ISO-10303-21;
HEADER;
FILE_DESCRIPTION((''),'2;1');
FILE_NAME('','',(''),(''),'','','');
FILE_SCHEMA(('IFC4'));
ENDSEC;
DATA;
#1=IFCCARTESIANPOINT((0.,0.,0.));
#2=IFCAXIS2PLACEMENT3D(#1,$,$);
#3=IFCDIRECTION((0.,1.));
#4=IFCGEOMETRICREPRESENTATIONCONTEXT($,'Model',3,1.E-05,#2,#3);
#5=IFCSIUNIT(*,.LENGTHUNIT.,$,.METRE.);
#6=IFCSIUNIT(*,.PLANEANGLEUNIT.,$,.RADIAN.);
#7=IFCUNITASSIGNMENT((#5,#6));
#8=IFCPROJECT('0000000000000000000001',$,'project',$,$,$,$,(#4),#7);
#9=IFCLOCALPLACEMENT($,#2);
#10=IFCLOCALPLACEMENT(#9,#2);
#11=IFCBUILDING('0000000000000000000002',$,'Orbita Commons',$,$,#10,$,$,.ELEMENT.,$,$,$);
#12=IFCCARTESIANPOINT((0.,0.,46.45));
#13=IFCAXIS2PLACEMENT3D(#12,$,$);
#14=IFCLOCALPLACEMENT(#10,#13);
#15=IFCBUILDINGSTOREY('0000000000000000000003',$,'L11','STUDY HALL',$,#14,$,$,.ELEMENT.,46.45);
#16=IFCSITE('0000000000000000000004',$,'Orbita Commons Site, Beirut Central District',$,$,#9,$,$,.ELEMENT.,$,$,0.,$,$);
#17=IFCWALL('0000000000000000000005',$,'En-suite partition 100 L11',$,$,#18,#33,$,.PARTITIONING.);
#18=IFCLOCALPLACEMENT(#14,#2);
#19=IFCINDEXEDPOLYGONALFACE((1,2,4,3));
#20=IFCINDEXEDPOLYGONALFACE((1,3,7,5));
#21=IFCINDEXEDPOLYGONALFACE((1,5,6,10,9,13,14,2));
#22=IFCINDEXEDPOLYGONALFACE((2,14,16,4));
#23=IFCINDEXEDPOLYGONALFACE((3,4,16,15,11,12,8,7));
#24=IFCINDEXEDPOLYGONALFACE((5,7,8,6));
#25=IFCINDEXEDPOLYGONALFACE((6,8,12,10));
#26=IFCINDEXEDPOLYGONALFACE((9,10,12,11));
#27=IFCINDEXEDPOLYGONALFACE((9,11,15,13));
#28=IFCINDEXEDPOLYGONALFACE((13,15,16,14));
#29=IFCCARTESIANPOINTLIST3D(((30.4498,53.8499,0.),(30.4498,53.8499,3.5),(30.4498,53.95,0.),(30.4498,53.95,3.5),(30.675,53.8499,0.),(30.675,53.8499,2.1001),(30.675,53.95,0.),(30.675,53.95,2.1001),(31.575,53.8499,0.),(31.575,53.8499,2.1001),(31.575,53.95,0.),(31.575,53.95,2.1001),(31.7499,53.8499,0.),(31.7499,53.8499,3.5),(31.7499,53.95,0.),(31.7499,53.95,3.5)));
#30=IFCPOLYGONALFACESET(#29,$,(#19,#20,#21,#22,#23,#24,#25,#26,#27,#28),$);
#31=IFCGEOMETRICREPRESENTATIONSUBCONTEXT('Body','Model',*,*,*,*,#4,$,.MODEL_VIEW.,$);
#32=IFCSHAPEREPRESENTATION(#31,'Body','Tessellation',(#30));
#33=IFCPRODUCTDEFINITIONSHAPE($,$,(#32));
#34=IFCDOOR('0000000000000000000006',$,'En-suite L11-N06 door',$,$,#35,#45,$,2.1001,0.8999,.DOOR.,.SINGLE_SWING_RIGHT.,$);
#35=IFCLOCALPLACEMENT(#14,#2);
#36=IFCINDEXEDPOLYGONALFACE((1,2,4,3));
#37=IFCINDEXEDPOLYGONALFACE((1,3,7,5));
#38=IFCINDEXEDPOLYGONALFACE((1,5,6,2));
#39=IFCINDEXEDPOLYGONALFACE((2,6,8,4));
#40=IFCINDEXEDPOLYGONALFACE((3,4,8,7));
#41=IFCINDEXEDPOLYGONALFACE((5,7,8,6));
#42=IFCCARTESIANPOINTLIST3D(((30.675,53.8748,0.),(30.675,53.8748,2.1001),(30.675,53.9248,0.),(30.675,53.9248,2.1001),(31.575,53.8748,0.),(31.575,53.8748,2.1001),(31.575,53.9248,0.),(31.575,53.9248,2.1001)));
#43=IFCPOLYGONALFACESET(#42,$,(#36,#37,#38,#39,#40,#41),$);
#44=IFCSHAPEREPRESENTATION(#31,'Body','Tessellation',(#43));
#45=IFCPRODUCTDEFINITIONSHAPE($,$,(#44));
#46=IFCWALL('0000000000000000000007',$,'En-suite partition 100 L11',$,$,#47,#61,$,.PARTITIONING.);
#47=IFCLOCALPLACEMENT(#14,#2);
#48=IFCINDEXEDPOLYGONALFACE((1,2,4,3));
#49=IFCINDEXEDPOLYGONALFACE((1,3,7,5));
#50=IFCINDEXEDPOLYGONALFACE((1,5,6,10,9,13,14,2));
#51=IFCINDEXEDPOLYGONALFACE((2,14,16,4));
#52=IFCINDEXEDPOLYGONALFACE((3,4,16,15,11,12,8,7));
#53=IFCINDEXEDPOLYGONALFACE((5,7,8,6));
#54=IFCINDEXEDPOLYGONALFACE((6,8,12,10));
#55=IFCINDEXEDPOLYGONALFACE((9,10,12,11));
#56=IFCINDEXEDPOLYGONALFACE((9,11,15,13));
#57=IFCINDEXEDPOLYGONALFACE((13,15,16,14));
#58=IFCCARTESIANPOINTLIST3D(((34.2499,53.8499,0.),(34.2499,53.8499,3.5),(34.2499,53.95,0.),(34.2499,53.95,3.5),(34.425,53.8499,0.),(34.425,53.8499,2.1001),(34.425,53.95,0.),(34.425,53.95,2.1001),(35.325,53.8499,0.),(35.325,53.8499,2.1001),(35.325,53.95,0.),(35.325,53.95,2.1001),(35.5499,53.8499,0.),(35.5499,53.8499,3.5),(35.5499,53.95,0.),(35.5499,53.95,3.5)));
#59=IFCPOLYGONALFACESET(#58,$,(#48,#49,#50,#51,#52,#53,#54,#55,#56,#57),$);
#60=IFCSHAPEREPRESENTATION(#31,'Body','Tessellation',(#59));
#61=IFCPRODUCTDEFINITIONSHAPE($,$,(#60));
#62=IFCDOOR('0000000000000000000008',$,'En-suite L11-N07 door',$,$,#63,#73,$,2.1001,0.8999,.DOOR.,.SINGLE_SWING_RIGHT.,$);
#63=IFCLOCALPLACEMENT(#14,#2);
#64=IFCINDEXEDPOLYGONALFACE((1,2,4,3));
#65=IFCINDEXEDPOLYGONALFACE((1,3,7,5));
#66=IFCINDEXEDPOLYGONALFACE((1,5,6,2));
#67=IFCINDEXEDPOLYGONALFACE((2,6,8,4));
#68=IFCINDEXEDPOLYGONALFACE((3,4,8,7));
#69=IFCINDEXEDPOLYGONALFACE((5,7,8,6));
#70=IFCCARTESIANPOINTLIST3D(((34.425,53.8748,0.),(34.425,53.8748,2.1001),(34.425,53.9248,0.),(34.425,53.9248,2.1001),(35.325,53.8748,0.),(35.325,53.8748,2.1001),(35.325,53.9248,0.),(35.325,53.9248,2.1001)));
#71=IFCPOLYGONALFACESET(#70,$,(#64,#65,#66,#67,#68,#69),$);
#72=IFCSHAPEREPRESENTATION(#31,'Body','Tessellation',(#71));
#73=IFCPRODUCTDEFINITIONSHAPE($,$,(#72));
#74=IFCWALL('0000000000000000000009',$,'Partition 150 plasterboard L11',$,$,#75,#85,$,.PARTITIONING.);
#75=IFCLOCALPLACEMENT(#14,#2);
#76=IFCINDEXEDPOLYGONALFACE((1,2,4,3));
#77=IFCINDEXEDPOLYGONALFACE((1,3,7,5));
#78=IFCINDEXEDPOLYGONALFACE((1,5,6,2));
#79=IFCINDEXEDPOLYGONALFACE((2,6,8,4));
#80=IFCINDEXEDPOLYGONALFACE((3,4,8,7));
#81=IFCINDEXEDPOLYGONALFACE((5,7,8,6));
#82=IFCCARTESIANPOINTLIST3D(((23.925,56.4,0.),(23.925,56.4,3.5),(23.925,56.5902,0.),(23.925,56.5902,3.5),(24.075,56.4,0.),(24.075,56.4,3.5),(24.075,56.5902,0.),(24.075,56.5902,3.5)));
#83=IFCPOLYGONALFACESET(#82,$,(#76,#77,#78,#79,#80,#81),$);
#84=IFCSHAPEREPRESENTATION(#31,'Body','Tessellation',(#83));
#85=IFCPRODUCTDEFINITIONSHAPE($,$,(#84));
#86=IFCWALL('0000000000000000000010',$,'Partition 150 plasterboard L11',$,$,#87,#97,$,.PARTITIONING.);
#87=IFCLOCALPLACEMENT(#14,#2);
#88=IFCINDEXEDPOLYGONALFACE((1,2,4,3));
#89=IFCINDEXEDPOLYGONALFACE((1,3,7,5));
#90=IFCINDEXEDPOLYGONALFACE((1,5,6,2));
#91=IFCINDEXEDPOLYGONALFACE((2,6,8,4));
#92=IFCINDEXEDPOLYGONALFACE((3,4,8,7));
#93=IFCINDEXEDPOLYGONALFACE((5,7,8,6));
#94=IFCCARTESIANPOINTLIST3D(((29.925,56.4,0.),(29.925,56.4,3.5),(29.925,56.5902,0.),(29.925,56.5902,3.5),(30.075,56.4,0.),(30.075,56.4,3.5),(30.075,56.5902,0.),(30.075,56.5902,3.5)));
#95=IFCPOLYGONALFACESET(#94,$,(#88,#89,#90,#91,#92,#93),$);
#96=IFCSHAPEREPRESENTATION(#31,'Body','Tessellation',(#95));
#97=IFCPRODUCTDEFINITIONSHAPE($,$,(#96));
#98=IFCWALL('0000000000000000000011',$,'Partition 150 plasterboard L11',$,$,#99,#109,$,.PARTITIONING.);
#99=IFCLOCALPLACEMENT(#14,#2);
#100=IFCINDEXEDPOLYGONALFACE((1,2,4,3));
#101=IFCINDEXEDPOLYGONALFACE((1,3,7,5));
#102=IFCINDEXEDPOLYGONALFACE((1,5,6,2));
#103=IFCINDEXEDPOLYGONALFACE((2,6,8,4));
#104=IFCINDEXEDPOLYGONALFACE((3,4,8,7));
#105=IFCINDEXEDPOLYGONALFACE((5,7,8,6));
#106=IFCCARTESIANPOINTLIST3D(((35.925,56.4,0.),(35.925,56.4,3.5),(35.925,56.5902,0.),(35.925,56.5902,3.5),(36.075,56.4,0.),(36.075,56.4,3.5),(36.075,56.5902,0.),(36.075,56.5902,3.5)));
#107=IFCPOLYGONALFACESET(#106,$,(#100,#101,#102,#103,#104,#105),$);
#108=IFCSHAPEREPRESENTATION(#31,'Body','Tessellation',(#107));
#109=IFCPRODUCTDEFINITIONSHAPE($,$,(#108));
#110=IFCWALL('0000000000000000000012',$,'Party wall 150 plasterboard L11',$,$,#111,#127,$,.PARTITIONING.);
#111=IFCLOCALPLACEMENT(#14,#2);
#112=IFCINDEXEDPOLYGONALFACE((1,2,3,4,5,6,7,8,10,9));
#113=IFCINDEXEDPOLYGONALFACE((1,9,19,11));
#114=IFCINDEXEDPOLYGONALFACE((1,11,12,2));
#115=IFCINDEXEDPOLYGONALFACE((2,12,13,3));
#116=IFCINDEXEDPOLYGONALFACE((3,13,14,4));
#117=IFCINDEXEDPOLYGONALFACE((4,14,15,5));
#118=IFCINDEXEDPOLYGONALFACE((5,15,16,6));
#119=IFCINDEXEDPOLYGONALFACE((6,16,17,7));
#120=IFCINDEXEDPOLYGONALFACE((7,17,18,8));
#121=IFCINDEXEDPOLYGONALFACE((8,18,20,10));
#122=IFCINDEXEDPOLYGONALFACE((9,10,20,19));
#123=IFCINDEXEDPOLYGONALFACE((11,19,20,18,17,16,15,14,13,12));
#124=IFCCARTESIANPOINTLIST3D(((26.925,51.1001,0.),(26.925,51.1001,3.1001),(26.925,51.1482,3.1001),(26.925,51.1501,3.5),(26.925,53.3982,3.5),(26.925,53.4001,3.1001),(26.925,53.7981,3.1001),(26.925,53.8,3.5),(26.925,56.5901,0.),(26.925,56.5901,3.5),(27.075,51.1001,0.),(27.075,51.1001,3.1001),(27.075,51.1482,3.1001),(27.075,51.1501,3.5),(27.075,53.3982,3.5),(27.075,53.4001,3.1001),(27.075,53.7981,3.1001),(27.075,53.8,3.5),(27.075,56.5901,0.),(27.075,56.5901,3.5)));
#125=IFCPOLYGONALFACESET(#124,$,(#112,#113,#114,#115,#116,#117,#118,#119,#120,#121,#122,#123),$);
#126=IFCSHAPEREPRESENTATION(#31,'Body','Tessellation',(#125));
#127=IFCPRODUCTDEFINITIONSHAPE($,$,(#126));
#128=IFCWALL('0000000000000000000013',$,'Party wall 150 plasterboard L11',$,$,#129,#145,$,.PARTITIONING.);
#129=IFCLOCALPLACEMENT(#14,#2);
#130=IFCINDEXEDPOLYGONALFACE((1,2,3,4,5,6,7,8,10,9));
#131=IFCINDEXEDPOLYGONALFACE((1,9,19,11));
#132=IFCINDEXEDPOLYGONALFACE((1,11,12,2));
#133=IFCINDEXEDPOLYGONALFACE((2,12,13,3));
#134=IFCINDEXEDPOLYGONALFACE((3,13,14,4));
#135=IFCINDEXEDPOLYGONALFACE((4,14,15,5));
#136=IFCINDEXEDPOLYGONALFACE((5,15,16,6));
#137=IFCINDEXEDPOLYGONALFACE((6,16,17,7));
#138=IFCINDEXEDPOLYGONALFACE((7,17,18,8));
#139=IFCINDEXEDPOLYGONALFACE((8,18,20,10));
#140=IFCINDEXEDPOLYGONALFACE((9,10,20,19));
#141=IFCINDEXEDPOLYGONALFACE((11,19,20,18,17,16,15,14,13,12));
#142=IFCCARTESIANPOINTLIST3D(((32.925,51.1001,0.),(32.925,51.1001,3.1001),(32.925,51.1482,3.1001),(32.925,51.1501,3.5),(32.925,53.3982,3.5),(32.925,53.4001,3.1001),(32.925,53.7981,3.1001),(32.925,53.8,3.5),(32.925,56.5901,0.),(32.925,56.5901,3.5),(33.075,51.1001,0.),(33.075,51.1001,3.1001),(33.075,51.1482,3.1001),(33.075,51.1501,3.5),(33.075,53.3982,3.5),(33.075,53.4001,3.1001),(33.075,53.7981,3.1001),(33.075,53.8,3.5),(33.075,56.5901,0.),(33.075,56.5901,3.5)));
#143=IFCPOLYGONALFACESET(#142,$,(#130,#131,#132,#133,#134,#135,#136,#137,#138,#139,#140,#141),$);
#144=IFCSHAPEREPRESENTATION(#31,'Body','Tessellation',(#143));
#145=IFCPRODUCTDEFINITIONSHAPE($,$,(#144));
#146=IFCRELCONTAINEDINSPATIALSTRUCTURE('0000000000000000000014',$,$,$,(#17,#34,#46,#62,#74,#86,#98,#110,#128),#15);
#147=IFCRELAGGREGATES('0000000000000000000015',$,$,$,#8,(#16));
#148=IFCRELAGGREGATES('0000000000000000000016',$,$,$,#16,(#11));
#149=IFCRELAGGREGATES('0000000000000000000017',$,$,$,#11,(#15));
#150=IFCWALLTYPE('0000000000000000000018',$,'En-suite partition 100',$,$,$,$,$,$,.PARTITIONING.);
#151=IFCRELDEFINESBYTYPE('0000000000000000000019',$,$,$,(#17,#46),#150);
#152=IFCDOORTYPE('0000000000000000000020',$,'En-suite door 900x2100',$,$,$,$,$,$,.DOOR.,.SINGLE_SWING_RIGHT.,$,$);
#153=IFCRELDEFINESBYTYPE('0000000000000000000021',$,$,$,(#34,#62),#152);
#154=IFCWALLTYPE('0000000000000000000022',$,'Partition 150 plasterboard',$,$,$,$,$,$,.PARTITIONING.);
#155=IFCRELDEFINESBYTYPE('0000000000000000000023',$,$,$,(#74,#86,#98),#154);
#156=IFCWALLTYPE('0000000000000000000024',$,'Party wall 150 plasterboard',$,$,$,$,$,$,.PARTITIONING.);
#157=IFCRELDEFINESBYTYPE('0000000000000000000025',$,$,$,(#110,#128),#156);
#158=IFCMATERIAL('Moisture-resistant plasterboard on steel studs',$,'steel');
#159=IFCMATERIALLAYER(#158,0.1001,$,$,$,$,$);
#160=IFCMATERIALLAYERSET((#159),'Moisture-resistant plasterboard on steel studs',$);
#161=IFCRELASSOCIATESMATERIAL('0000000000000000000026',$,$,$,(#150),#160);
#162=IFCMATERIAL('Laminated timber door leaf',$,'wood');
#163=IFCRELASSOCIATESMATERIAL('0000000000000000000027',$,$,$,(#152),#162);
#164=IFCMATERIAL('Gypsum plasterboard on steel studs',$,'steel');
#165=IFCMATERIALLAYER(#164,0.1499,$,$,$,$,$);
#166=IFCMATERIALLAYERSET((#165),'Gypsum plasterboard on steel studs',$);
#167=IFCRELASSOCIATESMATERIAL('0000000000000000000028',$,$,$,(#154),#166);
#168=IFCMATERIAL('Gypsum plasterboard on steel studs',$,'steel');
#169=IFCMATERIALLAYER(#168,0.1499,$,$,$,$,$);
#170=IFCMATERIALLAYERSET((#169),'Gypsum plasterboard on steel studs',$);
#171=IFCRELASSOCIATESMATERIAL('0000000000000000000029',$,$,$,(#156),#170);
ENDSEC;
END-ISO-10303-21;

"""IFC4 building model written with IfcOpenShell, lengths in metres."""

from ifc_helpers import new_model, si_unit, direction, frame, frame_2d, origin, place, context, subcontext, project, spatial, polyline, rectangle, outline, extrude, material, layer, layer_set, type_object, element, fill, save


model = new_model("IFC4")

# Units and contexts
model_context = context("Model", 3, precision=1e-05, world=origin(), true_north=direction((0.0, 1.0)))
body_context = subcontext(model_context, "Body", "Model", "MODEL_VIEW")
ifc_project = project(units=[si_unit("LENGTHUNIT", "METRE"), si_unit("PLANEANGLEUNIT", "RADIAN")], contexts=[model_context])

# Site, building, storey
site_placement = place(None, origin())
site = spatial("IfcSite", under=ifc_project, at=site_placement, Name="Orbita Commons Site, Beirut Central District", CompositionType="ELEMENT", RefElevation=0.0)
building_placement = place(site_placement, origin())
building = spatial("IfcBuilding", under=site, at=building_placement, Name="Orbita Commons", CompositionType="ELEMENT")
storey_placement = place(building_placement, frame((0.0, 0.0, 46.45)))
storey = spatial("IfcBuildingStorey", under=building, at=storey_placement, Name="L11", Description="STUDY HALL", CompositionType="ELEMENT", Elevation=46.45)

# Walls, openings, doors
ifc_material_1 = material(Name="Moisture-resistant plasterboard on steel studs", Category="steel")
ifc_layer_1 = layer(ifc_material_1, 0.1001)
ifc_layer_set_1 = layer_set([ifc_layer_1], Name="Moisture-resistant plasterboard on steel studs")
wall_type_1 = type_object("IfcWallType", Name="En-suite partition 100", PredefinedType="PARTITIONING", material=ifc_layer_set_1)
ifc_material_2 = material(Name="Laminated timber door leaf", Category="wood")
door_type = type_object("IfcDoorType", Name="En-suite door 900x2100", OperationType="SINGLE_SWING_RIGHT", PredefinedType="DOOR", material=ifc_material_2)
wall_1_placement = place(storey_placement, frame((30.45, 53.8999, 0.0), z_axis=(0.0, 0.0, 1.0), x_axis=(1.0, 0.0, 0.0)))
wall_1 = element("IfcWall", 1, at=wall_1_placement, inside=storey, type_object=wall_type_1, Name="En-suite partition 100 L11", PredefinedType="PARTITIONING", context=body_context, shape_type="SweptSolid", body=[
    extrude(rectangle(XDim=1.3, YDim=0.1001, at=frame_2d((0.6499, 0.0))), origin(), (0.0, 0.0, 1.0), 3.5),
])
opening_1_placement = place(wall_1_placement, frame((0.2251, 0.0, 0.0)))
opening_1 = element("IfcOpeningElement", 2, at=opening_1_placement, cuts=wall_1, PredefinedType="OPENING", context=body_context, shape_type="SweptSolid", body=[
    extrude(rectangle(XDim=0.8999, YDim=2.1001, at=frame_2d((0.45, 1.05))), frame((0.0, 0.0601, 0.0), z_axis=(0.0, -1.0, 0.0), x_axis=(1.0, 0.0, 0.0)), (0.0, 0.0, 1.0), 0.1201),
])
door_1_placement = place(opening_1_placement, origin())
door_1 = element("IfcDoor", 3, at=door_1_placement, inside=storey, type_object=door_type, Name="En-suite L11-N06 door", OperationType="SINGLE_SWING_RIGHT", OverallHeight=2.1001, OverallWidth=0.8999, PredefinedType="DOOR", context=body_context, shape_type="SweptSolid", body=[
    extrude(rectangle(XDim=0.8999, YDim=2.1001, at=frame_2d((0.45, 1.05))), frame((0.0, 0.0249, 0.0), z_axis=(0.0, -1.0, 0.0), x_axis=(1.0, 0.0, 0.0)), (0.0, 0.0, 1.0), 0.05),
])
fill(opening_1, door_1)
wall_2_placement = place(storey_placement, frame((34.25, 53.8999, 0.0), z_axis=(0.0, 0.0, 1.0), x_axis=(1.0, 0.0, 0.0)))
wall_2 = element("IfcWall", 4, at=wall_2_placement, inside=storey, type_object=wall_type_1, Name="En-suite partition 100 L11", PredefinedType="PARTITIONING", context=body_context, shape_type="SweptSolid", body=[
    extrude(rectangle(XDim=1.3, YDim=0.1001, at=frame_2d((0.6499, 0.0))), origin(), (0.0, 0.0, 1.0), 3.5),
])
opening_2_placement = place(wall_2_placement, frame((0.175, 0.0, 0.0)))
opening_2 = element("IfcOpeningElement", 5, at=opening_2_placement, cuts=wall_2, PredefinedType="OPENING", context=body_context, shape_type="SweptSolid", body=[
    extrude(rectangle(XDim=0.8999, YDim=2.1001, at=frame_2d((0.45, 1.05))), frame((0.0, 0.0601, 0.0), z_axis=(0.0, -1.0, 0.0), x_axis=(1.0, 0.0, 0.0)), (0.0, 0.0, 1.0), 0.1201),
])
door_2_placement = place(opening_2_placement, origin())
door_2 = element("IfcDoor", 6, at=door_2_placement, inside=storey, type_object=door_type, Name="En-suite L11-N07 door", OperationType="SINGLE_SWING_RIGHT", OverallHeight=2.1001, OverallWidth=0.8999, PredefinedType="DOOR", context=body_context, shape_type="SweptSolid", body=[
    extrude(rectangle(XDim=0.8999, YDim=2.1001, at=frame_2d((0.45, 1.05))), frame((0.0, 0.0249, 0.0), z_axis=(0.0, -1.0, 0.0), x_axis=(1.0, 0.0, 0.0)), (0.0, 0.0, 1.0), 0.05),
])
fill(opening_2, door_2)

# Walls
ifc_material_3 = material(Name="Gypsum plasterboard on steel studs", Category="steel")
ifc_layer_2 = layer(ifc_material_3, 0.1499)
ifc_layer_set_2 = layer_set([ifc_layer_2], Name="Gypsum plasterboard on steel studs")
wall_type_2 = type_object("IfcWallType", Name="Partition 150 plasterboard", PredefinedType="PARTITIONING", material=ifc_layer_set_2)
for number, where, z_axis, x_axis, name in (
    (7, (24.0, 56.3999, 0.0), (0.0, 0.0, 1.0), (0.0, 1.0, 0.0), "Partition 150 plasterboard L11"),
    (8, (30.0, 56.3999, 0.0), (0.0, 0.0, 1.0), (0.0, 1.0, 0.0), "Partition 150 plasterboard L11"),
    (9, (36.0, 56.3999, 0.0), (0.0, 0.0, 1.0), (0.0, 1.0, 0.0), "Partition 150 plasterboard L11"),
):
    element("IfcWall", number, at=place(storey_placement, frame(where, z_axis=z_axis, x_axis=x_axis)), inside=storey, type_object=wall_type_2, Name=name, PredefinedType="PARTITIONING", context=body_context, shape_type="SweptSolid", body=[
        extrude(rectangle(XDim=0.1902, YDim=0.1499, at=frame_2d((0.0952, 0.0))), origin(), (0.0, 0.0, 1.0), 3.5),
    ])
ifc_material_4 = material(Name="Gypsum plasterboard on steel studs", Category="steel")
ifc_layer_3 = layer(ifc_material_4, 0.1499)
ifc_layer_set_3 = layer_set([ifc_layer_3], Name="Gypsum plasterboard on steel studs")
wall_type_3 = type_object("IfcWallType", Name="Party wall 150 plasterboard", PredefinedType="PARTITIONING", material=ifc_layer_set_3)
for number, where, z_axis, x_axis, name in (
    (10, (27.0, 56.5901, 0.0), (0.0, 0.0, 1.0), (0.0, -1.0, 0.0), "Party wall 150 plasterboard L11"),
    (11, (33.0, 56.5901, 0.0), (0.0, 0.0, 1.0), (0.0, -1.0, 0.0), "Party wall 150 plasterboard L11"),
):
    element("IfcWall", number, at=place(storey_placement, frame(where, z_axis=z_axis, x_axis=x_axis)), inside=storey, type_object=wall_type_3, Name=name, PredefinedType="PARTITIONING", context=body_context, shape_type="SweptSolid", body=[
        extrude(outline(polyline([(0.0, 0.0), (5.49, 0.0), (5.49, 3.1001), (5.4419, 3.1001), (5.4399, 3.5), (3.1919, 3.5), (3.1899, 3.1001), (2.792, 3.1001), (2.79, 3.5), (0.0, 3.5), (0.0, 0.0)])), frame((0.0, 0.075, 0.0), z_axis=(0.0, -1.0, 0.0), x_axis=(1.0, 0.0, 0.0)), (0.0, 0.0, 1.0), 0.1499),
    ])

save(model, "model.ifc")
